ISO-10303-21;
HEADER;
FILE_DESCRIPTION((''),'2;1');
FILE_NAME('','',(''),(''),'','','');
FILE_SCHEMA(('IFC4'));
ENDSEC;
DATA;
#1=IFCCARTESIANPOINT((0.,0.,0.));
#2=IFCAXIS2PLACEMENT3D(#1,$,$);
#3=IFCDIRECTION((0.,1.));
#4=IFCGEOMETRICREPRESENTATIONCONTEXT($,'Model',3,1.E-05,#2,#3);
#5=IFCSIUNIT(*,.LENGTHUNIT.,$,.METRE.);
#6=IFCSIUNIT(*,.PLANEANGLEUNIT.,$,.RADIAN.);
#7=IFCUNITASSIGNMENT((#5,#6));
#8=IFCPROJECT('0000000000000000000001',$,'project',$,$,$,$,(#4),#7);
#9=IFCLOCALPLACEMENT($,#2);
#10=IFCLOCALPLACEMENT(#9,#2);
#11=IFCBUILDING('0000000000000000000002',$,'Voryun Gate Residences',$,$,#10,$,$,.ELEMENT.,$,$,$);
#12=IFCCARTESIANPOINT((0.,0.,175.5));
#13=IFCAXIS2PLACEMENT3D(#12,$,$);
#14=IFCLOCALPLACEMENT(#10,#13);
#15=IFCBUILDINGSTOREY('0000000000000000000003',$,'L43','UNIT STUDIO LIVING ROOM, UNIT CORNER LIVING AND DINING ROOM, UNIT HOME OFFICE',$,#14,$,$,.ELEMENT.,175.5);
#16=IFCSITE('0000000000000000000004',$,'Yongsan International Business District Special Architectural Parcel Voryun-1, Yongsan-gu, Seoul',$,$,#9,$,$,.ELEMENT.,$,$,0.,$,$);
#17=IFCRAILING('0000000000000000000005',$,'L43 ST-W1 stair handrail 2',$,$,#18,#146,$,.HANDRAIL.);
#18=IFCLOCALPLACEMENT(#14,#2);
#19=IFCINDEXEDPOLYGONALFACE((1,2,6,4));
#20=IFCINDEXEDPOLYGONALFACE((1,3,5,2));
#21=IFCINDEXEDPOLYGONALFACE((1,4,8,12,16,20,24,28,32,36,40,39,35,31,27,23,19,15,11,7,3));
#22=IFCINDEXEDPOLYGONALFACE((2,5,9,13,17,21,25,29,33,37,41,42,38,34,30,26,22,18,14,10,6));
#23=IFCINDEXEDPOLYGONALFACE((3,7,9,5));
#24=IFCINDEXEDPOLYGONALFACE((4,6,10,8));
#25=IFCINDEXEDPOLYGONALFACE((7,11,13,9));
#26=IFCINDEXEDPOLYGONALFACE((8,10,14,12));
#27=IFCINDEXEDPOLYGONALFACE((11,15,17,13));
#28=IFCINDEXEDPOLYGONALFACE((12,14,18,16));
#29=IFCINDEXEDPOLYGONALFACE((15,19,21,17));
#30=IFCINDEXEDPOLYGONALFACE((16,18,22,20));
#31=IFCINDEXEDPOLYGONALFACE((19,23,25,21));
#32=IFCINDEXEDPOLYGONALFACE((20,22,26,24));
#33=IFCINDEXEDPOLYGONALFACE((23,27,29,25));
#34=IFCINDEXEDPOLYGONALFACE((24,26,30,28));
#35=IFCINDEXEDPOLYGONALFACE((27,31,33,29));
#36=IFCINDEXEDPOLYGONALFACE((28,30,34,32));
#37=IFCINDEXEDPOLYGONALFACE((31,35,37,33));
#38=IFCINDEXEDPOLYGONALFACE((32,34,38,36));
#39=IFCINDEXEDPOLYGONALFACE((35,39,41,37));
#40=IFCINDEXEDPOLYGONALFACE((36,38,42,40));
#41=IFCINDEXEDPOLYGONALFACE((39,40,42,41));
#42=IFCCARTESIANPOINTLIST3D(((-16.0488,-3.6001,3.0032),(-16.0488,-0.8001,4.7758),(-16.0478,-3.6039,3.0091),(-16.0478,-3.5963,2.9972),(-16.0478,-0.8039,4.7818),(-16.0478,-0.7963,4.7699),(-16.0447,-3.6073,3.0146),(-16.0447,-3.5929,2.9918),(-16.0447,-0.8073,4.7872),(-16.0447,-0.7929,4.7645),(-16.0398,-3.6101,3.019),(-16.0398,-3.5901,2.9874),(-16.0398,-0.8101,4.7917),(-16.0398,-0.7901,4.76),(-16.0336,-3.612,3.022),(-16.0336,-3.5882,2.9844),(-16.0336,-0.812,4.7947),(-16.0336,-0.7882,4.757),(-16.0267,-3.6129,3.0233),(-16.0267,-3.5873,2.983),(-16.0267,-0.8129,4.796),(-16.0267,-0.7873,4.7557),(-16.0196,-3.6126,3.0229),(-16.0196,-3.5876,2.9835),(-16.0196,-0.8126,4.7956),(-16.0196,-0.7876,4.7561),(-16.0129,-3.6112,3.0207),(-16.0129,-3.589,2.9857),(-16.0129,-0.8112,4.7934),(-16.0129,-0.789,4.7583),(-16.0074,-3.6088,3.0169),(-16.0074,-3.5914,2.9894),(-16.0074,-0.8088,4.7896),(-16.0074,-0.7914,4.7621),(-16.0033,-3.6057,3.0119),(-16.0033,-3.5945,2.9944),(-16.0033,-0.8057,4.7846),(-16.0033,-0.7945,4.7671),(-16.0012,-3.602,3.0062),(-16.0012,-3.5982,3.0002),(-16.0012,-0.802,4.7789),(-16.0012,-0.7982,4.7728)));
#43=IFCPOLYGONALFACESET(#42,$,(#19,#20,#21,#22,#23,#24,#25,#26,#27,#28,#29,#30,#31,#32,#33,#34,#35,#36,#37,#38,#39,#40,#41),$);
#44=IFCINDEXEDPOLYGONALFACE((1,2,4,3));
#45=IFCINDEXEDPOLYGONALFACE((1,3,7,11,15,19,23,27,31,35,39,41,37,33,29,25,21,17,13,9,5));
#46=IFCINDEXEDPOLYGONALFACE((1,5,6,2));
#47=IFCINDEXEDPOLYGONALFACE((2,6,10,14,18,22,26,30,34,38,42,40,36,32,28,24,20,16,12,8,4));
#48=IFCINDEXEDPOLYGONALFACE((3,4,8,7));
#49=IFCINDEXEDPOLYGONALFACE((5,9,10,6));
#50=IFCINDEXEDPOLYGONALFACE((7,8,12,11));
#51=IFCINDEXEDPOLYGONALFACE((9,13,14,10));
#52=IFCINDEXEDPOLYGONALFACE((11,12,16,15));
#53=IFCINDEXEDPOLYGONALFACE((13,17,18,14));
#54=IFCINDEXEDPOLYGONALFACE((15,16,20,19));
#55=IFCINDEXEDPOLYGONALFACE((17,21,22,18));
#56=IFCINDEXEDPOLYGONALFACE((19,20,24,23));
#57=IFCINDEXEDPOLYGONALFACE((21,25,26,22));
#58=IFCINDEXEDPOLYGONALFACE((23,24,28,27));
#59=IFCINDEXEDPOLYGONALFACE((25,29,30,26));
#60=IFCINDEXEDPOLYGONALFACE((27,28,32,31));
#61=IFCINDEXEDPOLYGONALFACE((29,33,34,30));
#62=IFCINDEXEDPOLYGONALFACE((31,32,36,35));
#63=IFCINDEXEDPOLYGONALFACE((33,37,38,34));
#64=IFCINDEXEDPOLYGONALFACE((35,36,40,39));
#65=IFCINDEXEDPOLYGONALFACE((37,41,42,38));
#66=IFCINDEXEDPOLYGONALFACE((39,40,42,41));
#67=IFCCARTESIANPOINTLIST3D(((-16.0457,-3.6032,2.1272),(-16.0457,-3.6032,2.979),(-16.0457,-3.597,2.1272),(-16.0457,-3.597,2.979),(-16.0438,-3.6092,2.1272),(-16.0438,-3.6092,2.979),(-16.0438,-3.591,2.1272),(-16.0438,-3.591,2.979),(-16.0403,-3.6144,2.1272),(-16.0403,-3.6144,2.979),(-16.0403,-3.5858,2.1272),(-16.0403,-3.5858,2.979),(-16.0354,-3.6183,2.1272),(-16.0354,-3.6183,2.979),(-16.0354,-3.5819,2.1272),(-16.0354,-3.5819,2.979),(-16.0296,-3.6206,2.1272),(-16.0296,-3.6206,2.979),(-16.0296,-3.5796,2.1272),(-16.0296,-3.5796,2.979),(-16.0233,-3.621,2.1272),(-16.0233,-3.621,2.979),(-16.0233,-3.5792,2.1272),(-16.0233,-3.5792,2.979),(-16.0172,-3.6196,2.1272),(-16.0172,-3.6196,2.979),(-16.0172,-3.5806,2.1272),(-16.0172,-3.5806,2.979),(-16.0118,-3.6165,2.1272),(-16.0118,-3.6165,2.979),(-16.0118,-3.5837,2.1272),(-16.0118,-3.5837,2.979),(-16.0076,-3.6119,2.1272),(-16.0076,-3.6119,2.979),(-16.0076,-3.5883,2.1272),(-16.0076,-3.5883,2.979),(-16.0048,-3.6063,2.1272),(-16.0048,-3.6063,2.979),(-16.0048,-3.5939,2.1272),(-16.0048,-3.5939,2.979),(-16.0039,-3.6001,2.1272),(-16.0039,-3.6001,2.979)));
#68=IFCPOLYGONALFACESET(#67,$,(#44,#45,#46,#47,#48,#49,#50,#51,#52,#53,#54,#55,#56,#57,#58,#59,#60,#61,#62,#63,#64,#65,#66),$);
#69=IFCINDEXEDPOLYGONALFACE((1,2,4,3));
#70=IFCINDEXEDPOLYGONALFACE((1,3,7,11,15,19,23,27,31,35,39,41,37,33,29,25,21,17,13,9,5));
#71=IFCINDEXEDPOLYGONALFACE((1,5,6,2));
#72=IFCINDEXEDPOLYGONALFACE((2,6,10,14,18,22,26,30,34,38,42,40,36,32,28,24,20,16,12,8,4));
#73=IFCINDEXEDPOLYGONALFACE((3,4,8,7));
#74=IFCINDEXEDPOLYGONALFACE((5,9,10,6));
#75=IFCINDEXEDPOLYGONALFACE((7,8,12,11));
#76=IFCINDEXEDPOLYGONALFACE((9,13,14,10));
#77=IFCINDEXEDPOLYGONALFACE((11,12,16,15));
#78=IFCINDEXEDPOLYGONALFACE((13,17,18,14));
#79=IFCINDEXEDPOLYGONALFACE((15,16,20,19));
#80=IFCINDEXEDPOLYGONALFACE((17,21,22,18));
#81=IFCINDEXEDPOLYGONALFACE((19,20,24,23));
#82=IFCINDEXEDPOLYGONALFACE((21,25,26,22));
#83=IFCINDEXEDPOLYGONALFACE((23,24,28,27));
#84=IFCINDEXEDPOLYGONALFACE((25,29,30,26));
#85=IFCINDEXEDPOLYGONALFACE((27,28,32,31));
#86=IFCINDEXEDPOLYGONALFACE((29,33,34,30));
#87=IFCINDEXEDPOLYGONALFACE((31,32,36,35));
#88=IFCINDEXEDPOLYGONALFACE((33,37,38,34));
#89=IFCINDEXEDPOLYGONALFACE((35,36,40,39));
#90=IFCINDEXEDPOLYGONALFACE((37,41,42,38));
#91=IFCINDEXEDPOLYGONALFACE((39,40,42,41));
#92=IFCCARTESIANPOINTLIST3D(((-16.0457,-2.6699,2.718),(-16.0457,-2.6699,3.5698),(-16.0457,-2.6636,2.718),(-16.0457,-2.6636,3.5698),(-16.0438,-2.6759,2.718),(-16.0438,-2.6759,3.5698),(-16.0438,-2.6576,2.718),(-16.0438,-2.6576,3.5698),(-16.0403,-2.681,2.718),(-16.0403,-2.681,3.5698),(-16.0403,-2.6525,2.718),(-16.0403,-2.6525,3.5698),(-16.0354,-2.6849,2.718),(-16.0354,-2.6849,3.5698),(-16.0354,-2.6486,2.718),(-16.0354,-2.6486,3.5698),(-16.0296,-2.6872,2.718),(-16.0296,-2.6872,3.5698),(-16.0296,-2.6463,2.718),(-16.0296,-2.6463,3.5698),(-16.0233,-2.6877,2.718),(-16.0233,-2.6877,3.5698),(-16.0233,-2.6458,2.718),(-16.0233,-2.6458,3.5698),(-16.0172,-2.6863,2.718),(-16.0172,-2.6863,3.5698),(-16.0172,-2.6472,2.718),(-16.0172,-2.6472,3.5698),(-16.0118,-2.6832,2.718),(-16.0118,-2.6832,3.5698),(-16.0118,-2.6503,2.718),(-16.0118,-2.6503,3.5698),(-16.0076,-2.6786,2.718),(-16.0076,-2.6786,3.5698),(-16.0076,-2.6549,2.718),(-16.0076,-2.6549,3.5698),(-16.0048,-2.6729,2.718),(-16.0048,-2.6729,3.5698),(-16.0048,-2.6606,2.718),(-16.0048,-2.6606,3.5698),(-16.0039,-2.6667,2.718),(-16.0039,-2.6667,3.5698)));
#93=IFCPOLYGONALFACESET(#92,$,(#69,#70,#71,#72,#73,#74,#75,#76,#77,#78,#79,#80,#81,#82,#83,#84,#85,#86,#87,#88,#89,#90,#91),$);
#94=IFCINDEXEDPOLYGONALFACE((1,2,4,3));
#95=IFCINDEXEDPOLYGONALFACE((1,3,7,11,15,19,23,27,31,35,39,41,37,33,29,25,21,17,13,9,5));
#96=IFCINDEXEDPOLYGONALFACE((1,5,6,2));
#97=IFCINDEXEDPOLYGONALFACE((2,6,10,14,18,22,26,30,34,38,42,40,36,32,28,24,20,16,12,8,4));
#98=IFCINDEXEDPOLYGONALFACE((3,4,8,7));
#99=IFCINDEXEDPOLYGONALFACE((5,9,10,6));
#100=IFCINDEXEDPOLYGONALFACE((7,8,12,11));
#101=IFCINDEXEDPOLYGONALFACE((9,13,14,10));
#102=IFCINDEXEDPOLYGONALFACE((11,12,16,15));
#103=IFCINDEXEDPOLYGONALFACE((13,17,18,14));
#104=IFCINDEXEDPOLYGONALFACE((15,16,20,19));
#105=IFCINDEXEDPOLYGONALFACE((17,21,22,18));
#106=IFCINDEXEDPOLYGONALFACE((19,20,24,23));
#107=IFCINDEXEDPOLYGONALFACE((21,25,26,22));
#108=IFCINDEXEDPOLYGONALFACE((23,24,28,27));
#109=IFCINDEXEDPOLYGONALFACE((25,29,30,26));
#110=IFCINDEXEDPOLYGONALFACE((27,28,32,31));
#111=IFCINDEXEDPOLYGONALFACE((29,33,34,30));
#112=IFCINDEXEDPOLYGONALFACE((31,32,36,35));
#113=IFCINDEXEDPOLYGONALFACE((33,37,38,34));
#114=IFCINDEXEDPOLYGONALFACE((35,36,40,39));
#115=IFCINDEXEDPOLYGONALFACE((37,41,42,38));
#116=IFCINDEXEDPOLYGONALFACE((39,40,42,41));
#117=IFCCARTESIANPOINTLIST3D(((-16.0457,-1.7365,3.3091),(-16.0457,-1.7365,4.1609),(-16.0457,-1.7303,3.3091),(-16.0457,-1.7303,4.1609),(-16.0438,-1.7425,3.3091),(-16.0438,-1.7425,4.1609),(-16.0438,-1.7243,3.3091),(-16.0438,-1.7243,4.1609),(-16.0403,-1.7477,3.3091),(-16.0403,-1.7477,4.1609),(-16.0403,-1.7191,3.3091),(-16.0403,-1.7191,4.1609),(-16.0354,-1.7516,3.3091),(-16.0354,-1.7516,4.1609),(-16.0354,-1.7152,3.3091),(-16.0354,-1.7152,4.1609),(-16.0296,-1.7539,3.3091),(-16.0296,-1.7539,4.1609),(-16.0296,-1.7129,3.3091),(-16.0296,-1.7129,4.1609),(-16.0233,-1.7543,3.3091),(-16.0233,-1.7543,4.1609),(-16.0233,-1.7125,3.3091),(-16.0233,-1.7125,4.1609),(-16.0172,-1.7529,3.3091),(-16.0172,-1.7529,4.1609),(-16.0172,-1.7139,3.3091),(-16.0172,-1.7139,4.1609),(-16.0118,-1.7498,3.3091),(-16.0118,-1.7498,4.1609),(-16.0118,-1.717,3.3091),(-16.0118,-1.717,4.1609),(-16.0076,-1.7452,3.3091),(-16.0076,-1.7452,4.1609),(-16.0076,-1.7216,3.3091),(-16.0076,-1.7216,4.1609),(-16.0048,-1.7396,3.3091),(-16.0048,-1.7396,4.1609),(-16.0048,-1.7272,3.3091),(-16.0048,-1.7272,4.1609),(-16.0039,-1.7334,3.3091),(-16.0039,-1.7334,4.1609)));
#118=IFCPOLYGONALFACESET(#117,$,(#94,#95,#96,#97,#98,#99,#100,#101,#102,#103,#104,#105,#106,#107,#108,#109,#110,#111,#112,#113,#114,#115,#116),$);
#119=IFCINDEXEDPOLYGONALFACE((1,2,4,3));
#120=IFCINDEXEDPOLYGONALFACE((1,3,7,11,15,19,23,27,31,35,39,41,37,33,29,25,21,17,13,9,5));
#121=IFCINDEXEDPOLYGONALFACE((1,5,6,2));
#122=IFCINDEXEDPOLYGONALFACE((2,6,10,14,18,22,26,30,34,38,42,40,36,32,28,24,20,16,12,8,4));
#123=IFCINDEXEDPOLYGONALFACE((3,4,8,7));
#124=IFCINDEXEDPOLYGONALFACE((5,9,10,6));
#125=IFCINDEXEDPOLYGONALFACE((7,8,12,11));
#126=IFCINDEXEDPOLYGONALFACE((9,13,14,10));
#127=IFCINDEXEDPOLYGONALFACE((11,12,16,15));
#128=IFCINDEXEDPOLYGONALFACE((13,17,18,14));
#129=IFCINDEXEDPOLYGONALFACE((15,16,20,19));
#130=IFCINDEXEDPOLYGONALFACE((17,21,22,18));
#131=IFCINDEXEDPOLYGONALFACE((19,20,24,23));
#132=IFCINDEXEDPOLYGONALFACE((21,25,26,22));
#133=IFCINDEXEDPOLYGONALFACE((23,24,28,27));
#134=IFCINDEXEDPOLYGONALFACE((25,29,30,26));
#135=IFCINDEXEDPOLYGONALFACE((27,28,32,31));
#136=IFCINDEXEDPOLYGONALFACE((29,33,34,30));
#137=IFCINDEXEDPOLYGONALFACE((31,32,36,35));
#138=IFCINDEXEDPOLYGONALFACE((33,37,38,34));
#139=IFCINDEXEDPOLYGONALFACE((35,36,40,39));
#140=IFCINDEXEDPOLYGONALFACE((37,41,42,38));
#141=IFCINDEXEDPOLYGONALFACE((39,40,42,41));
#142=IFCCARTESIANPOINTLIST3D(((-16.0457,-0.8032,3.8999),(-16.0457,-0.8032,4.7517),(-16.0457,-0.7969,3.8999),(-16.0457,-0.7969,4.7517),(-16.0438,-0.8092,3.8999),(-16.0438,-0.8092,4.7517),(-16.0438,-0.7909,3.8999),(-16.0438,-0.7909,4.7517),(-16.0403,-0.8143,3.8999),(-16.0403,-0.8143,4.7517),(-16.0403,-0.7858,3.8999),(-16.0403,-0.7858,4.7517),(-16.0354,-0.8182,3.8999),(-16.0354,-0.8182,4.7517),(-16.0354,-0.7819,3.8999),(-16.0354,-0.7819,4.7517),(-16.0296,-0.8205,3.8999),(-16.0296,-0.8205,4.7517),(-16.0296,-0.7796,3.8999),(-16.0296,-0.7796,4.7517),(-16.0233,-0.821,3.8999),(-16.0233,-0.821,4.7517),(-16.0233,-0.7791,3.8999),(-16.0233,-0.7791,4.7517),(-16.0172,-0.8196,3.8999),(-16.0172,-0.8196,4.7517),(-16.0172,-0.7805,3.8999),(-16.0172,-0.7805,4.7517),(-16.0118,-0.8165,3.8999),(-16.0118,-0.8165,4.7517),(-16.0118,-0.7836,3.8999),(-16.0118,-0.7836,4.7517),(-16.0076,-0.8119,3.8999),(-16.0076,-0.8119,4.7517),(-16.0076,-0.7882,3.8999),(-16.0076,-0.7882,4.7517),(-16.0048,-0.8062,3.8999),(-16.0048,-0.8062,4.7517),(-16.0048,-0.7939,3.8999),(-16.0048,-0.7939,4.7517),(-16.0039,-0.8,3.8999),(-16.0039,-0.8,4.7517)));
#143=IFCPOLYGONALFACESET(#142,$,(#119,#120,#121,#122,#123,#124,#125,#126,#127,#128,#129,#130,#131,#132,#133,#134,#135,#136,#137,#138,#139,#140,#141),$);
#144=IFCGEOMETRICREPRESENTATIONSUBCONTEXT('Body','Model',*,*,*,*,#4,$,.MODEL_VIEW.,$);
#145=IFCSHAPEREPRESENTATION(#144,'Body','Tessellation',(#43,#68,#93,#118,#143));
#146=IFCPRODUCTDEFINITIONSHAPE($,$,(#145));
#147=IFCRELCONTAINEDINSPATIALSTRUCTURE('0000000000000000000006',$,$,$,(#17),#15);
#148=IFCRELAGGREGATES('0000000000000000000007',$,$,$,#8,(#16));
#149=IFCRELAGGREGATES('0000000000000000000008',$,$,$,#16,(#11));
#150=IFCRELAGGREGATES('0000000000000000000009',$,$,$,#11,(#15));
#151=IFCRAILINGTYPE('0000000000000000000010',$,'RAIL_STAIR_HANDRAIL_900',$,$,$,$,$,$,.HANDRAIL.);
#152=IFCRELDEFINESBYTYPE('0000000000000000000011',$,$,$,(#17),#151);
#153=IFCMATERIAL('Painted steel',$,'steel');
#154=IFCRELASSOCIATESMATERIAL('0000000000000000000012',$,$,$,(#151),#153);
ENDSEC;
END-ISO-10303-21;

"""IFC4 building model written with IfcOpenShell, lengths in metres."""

from ifc_helpers import new_model, si_unit, direction, frame, origin, origin_2d, place, context, subcontext, project, spatial, circle, extrude, material, type_object, element, save


model = new_model("IFC4")

# Units and contexts
model_context = context("Model", 3, precision=1e-05, world=origin(), true_north=direction((0.0, 1.0)))
body_context = subcontext(model_context, "Body", "Model", "MODEL_VIEW")
ifc_project = project(units=[si_unit("LENGTHUNIT", "METRE"), si_unit("PLANEANGLEUNIT", "RADIAN")], contexts=[model_context])

# Site, building, storey
site_placement = place(None, origin())
site = spatial("IfcSite", under=ifc_project, at=site_placement, Name="Yongsan International Business District Special Architectural Parcel Voryun-1, Yongsan-gu, Seoul", CompositionType="ELEMENT", RefElevation=0.0)
building_placement = place(site_placement, origin())
building = spatial("IfcBuilding", under=site, at=building_placement, Name="Voryun Gate Residences", CompositionType="ELEMENT")
storey_placement = place(building_placement, frame((0.0, 0.0, 175.5)))
storey = spatial("IfcBuildingStorey", under=building, at=storey_placement, Name="L43", Description="UNIT STUDIO LIVING ROOM, UNIT CORNER LIVING AND DINING ROOM, UNIT HOME OFFICE", CompositionType="ELEMENT", Elevation=175.5)

# Railing
ifc_material_1 = material(Name="Painted steel", Category="steel")
railing_type_1 = type_object("IfcRailingType", Name="RAIL_STAIR_HANDRAIL_900", PredefinedType="HANDRAIL", material=ifc_material_1)
railing_1_placement = place(storey_placement, frame((-16.0249, -3.6001, 2.1272)))
element("IfcRailing", 1, at=railing_1_placement, inside=storey, type_object=railing_type_1, Name="L43 ST-W1 stair handrail 2", PredefinedType="HANDRAIL", context=body_context, shape_type="SweptSolid", body=[
    extrude(circle(Radius=0.0239, at=origin_2d()), frame((0.0, 0.0, 0.876), z_axis=(0.0, 0.844909, 0.53491), x_axis=(-1.0, 0.0, 0.0)), (0.0, 0.0, 1.0), 3.314),
    extrude(circle(Radius=0.021, at=origin_2d()), origin(), (0.0, 0.0, 1.0), 0.8518),
    extrude(circle(Radius=0.021, at=origin_2d()), frame((0.0, 0.9333, 0.5908)), (0.0, 0.0, 1.0), 0.8518),
    extrude(circle(Radius=0.021, at=origin_2d()), frame((0.0, 1.8667, 1.1819)), (0.0, 0.0, 1.0), 0.8518),
    extrude(circle(Radius=0.021, at=origin_2d()), frame((0.0, 2.8, 1.7727)), (0.0, 0.0, 1.0), 0.8518),
])

save(model, "model.ifc")
